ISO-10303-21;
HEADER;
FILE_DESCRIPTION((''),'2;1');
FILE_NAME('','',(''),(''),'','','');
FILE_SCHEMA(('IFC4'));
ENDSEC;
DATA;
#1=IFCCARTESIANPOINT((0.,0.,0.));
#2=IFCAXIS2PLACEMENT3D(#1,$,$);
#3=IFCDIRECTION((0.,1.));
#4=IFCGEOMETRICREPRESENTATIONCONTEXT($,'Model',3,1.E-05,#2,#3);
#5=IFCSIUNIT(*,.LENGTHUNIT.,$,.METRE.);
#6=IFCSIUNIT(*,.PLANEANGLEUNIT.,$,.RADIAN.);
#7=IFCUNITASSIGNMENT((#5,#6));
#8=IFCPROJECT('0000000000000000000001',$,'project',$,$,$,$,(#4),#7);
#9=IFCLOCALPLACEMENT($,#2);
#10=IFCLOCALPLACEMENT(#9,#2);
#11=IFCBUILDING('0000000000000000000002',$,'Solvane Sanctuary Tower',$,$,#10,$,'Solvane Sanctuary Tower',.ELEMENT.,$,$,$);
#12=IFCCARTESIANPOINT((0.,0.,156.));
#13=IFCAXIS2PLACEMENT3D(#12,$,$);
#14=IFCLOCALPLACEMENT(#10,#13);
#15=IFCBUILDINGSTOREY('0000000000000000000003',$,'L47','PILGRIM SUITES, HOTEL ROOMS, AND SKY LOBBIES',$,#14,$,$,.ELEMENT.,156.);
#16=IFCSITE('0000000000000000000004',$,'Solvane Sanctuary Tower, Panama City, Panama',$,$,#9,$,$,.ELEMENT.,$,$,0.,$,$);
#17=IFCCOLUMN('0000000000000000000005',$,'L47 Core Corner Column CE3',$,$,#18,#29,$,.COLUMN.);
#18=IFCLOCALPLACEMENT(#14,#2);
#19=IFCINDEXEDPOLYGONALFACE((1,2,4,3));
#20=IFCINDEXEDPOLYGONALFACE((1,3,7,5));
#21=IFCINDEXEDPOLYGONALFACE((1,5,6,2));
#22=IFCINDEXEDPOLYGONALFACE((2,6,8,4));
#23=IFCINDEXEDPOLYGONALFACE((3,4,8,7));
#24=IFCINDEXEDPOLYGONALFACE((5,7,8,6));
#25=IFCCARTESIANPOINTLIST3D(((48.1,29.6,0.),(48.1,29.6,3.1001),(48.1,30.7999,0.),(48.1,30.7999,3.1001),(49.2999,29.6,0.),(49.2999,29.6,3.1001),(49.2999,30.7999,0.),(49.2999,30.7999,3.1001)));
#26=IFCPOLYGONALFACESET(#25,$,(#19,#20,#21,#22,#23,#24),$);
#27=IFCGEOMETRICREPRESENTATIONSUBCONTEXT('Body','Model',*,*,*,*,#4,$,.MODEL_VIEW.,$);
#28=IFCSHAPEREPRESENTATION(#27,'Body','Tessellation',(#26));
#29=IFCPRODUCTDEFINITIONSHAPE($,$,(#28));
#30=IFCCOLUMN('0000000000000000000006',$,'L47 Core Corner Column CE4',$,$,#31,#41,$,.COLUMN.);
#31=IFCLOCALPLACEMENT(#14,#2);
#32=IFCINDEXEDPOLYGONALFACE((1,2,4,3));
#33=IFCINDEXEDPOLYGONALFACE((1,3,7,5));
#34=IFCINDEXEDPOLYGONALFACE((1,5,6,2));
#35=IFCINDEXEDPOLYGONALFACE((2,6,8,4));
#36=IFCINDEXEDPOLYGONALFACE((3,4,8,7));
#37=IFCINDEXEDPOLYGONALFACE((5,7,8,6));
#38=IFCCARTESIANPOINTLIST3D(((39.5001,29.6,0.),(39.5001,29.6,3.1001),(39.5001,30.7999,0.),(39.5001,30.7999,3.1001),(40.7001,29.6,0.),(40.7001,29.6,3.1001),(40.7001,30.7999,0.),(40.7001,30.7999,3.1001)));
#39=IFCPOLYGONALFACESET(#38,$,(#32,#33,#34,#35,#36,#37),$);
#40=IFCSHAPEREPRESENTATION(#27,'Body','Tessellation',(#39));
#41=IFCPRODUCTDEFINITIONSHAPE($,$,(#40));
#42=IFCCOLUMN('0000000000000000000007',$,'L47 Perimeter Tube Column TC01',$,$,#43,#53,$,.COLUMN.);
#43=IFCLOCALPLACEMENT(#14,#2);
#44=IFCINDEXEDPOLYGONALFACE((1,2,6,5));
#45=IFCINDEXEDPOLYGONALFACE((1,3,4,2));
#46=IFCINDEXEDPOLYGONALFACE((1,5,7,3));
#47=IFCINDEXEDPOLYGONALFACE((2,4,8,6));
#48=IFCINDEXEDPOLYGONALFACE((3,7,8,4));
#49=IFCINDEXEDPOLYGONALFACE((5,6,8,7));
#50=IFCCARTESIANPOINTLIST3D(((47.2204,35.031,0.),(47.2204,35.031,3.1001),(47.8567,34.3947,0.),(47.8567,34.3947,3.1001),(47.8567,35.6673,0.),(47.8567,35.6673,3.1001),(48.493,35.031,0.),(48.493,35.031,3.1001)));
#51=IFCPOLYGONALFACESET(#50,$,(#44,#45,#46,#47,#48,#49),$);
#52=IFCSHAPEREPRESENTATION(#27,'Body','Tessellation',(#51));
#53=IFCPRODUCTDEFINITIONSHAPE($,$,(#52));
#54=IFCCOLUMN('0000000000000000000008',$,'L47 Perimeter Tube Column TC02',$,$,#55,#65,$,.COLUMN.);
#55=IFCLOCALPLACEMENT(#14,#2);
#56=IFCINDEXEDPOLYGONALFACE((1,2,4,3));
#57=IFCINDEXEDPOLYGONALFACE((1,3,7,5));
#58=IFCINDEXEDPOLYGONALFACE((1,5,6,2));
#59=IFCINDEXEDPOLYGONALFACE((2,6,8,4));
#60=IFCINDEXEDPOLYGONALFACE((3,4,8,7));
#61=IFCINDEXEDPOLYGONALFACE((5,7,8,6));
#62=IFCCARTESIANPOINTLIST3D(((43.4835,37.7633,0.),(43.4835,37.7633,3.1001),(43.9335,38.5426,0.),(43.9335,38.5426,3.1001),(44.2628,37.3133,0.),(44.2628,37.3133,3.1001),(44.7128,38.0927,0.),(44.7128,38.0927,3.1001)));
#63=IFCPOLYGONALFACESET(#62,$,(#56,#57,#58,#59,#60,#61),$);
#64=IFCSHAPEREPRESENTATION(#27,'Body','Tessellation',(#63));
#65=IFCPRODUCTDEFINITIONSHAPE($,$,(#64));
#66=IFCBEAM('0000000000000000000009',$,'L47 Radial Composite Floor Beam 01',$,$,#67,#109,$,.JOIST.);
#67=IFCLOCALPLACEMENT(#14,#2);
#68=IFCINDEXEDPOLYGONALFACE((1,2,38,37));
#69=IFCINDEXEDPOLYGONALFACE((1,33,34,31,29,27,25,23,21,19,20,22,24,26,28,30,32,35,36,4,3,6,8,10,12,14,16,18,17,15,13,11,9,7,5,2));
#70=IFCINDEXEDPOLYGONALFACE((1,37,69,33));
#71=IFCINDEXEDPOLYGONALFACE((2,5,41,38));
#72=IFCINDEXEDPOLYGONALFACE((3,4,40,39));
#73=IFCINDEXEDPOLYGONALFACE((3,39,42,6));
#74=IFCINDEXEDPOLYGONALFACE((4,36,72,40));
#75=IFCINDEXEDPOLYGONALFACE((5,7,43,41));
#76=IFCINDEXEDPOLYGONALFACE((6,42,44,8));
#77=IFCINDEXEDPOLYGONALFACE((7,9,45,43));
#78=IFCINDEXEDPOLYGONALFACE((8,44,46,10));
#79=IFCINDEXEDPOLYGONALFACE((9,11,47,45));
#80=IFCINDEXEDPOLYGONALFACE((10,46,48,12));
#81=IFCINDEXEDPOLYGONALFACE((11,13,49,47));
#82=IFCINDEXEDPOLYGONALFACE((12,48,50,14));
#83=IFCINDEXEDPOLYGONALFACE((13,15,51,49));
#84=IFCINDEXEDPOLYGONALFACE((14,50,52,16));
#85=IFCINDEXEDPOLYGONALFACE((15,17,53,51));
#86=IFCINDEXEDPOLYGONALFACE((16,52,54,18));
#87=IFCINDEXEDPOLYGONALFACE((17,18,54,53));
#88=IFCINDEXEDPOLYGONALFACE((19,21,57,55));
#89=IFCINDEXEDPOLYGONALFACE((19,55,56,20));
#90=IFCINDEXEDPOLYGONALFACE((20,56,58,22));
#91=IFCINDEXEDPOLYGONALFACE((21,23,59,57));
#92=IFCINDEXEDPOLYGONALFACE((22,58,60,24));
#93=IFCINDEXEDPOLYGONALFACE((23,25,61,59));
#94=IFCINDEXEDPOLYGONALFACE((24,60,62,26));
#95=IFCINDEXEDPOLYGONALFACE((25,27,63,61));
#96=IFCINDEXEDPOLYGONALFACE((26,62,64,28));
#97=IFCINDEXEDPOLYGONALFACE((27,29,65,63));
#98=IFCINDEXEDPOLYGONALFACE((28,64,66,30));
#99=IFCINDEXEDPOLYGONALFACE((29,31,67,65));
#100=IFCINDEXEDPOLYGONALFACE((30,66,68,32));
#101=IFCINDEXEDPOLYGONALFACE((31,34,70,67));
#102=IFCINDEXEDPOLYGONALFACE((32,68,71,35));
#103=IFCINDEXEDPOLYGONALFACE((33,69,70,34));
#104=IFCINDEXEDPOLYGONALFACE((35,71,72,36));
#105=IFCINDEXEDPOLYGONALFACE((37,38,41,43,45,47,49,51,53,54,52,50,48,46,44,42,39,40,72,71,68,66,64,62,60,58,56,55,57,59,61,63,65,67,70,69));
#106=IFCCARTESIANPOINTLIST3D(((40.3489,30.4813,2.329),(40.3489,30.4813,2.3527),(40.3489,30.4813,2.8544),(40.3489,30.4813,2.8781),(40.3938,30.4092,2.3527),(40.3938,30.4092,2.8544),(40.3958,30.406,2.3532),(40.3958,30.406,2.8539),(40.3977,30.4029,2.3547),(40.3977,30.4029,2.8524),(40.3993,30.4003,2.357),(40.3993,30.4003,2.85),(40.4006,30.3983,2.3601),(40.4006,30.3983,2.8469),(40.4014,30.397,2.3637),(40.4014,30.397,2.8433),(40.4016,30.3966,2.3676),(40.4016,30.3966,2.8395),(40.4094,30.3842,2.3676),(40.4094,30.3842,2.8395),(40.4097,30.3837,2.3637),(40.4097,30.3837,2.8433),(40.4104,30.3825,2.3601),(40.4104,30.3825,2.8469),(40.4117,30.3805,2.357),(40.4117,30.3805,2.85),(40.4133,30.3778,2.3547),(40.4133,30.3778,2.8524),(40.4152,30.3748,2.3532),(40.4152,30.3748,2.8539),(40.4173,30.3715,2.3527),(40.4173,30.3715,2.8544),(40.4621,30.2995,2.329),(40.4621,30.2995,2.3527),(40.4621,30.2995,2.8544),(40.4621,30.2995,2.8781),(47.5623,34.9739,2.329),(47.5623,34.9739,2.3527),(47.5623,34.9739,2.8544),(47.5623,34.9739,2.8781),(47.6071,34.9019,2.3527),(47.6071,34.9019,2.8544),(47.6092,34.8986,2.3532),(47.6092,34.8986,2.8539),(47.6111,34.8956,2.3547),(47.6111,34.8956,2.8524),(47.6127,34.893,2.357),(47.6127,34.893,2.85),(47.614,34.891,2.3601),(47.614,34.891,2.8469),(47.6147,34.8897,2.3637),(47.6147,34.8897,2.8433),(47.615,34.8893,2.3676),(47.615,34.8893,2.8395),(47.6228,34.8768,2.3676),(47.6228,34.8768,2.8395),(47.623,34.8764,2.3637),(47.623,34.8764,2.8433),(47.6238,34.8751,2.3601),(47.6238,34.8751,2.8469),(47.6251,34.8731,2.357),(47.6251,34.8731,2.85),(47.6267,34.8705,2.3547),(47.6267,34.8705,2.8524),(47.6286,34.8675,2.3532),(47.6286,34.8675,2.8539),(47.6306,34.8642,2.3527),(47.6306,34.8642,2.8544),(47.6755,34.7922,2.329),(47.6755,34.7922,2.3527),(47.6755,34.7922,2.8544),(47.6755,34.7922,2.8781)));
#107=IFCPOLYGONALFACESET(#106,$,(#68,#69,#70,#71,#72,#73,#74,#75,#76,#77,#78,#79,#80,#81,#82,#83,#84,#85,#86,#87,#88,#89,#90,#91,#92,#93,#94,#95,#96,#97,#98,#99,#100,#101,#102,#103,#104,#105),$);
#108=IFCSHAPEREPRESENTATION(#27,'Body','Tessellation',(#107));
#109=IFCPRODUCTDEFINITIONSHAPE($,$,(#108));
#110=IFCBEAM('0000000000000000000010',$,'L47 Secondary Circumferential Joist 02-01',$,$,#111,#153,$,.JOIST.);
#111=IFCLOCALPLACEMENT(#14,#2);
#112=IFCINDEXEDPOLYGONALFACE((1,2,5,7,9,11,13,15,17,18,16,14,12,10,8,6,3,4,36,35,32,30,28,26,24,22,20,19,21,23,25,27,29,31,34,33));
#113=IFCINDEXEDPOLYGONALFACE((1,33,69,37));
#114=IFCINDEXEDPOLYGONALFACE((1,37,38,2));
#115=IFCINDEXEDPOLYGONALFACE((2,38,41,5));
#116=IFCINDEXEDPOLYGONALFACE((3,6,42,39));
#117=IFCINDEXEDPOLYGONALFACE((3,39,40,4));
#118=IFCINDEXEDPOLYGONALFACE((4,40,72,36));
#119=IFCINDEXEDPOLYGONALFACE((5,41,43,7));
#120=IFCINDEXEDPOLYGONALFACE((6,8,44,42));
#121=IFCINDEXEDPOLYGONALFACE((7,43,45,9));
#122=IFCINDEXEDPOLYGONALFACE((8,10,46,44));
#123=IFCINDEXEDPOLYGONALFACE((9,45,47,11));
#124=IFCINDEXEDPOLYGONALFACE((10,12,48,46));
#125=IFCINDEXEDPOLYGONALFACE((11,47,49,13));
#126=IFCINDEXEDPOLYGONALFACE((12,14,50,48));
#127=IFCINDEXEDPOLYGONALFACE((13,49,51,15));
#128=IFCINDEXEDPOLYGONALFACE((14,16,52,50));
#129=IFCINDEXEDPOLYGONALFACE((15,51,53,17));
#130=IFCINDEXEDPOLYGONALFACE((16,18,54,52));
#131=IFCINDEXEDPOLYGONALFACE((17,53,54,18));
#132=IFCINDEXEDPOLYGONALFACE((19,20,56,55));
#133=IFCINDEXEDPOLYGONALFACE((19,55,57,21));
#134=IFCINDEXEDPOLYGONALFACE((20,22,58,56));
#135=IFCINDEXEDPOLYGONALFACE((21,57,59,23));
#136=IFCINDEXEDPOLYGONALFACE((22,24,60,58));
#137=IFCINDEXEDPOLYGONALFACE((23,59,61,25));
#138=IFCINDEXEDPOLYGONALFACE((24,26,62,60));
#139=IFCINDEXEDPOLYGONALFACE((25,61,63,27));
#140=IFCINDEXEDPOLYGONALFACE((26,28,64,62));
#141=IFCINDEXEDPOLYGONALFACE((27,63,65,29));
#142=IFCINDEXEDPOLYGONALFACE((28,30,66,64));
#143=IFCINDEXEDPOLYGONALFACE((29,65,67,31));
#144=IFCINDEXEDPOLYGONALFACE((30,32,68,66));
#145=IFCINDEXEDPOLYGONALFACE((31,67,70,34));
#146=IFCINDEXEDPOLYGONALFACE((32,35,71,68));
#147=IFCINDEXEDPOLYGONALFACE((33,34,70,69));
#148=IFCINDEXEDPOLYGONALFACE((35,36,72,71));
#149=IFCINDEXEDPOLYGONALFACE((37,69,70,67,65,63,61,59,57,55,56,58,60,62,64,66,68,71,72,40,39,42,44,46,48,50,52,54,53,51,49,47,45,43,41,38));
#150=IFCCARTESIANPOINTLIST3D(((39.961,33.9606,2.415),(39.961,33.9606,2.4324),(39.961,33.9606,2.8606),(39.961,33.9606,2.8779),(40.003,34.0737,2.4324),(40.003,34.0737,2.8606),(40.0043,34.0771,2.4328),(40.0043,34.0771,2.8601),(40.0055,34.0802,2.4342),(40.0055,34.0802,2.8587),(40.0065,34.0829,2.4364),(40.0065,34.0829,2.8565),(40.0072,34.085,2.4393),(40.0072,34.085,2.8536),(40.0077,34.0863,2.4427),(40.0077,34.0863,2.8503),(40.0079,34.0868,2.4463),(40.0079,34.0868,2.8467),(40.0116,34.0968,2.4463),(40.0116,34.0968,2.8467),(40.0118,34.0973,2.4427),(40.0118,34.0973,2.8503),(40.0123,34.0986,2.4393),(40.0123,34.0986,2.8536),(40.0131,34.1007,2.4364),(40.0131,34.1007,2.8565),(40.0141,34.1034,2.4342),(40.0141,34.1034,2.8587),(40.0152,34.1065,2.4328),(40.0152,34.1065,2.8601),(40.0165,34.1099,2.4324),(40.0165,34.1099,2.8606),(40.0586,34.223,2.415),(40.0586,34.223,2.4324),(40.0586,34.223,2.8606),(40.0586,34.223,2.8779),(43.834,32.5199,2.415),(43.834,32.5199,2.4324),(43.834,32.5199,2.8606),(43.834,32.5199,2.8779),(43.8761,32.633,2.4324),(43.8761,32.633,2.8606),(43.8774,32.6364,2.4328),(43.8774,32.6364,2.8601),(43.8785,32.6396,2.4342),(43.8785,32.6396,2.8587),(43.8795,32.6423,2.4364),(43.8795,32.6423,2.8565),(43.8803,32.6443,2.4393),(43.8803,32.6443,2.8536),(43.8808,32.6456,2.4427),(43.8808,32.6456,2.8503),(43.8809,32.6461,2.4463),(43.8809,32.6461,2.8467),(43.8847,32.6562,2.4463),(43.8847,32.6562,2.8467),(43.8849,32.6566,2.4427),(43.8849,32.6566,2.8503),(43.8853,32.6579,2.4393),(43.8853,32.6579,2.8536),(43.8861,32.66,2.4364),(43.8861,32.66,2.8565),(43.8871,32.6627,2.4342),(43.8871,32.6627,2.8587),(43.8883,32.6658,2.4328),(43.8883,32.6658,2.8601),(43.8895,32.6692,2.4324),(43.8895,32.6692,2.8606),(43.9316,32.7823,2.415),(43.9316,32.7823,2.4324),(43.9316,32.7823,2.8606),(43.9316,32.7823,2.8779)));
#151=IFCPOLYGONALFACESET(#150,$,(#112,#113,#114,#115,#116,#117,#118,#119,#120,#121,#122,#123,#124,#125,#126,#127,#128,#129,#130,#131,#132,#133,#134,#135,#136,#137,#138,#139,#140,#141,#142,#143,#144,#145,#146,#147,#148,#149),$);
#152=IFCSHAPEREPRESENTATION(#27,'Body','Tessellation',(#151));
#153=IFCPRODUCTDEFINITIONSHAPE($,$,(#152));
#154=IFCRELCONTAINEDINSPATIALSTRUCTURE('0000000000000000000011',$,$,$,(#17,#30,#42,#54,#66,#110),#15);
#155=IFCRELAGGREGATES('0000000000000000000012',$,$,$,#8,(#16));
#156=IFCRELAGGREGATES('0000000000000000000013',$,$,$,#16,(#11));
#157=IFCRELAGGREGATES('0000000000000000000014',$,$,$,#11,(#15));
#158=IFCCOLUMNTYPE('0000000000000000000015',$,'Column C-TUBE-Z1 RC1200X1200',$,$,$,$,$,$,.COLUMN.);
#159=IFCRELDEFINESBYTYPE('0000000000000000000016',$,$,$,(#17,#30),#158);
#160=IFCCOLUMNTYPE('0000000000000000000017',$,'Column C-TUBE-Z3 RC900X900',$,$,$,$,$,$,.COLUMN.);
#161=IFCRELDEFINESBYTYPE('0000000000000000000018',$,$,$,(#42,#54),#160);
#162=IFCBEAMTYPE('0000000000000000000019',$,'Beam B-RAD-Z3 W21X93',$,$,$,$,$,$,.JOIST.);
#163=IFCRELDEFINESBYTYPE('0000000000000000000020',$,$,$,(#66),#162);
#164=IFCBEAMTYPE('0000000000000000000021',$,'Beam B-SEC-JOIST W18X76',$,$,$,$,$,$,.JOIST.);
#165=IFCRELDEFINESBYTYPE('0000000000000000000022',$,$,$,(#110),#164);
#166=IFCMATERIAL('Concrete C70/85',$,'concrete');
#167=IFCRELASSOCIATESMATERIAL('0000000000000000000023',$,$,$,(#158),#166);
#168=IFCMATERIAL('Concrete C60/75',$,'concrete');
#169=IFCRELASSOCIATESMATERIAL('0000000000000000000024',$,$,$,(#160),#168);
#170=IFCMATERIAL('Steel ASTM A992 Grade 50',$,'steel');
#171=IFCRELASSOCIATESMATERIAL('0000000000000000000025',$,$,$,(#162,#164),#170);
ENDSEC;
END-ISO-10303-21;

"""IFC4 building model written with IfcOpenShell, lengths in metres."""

from ifc_helpers import new_model, si_unit, direction, frame, origin, origin_2d, place, context, subcontext, project, spatial, rectangle, i_section, extrude, material, material_profile, profile_set, type_object, element, save


model = new_model("IFC4")

# Units and contexts
model_context = context("Model", 3, precision=1e-05, world=origin(), true_north=direction((0.0, 1.0)))
body_context = subcontext(model_context, "Body", "Model", "MODEL_VIEW")
ifc_project = project(units=[si_unit("LENGTHUNIT", "METRE"), si_unit("PLANEANGLEUNIT", "RADIAN")], contexts=[model_context])

# Site, building, storey
site_placement = place(None, origin())
site = spatial("IfcSite", under=ifc_project, at=site_placement, Name="Solvane Sanctuary Tower, Panama City, Panama", CompositionType="ELEMENT", RefElevation=0.0)
building_placement = place(site_placement, origin())
building = spatial("IfcBuilding", under=site, at=building_placement, Name="Solvane Sanctuary Tower", LongName="Solvane Sanctuary Tower", CompositionType="ELEMENT")
storey_placement = place(building_placement, frame((0.0, 0.0, 156.0)))
storey = spatial("IfcBuildingStorey", under=building, at=storey_placement, Name="L47", Description="PILGRIM SUITES, HOTEL ROOMS, AND SKY LOBBIES", CompositionType="ELEMENT", Elevation=156.0)

# Columns
ifc_material_1 = material(Name="Concrete C70/85", Category="concrete")
ifc_material_profile_1 = material_profile(ifc_material_1, rectangle(XDim=1.2, YDim=1.2, at=origin_2d()), Name="RC1200X1200")
ifc_profile_set_1 = profile_set([ifc_material_profile_1], Name="Concrete C70/85")
column_type_1 = type_object("IfcColumnType", Name="Column C-TUBE-Z1 RC1200X1200", PredefinedType="COLUMN", material=ifc_profile_set_1)
for number, where, z_axis, x_axis, name in (
    (1, (48.7, 30.2, 0.0), (0.0, 0.0, 1.0), (1.0, 0.0, 0.0), "L47 Core Corner Column CE3"),
    (2, (40.1001, 30.2, 0.0), (0.0, 0.0, 1.0), (1.0, 0.0, 0.0), "L47 Core Corner Column CE4"),
):
    element("IfcColumn", number, at=place(storey_placement, frame(where, z_axis=z_axis, x_axis=x_axis)), inside=storey, type_object=column_type_1, Name=name, PredefinedType="COLUMN", context=body_context, shape_type="SweptSolid", body=[
        extrude(rectangle(XDim=1.2, YDim=1.2, at=origin_2d()), origin(), (0.0, 0.0, 1.0), 3.1001),
    ])
ifc_material_2 = material(Name="Concrete C60/75", Category="concrete")
ifc_material_profile_2 = material_profile(ifc_material_2, rectangle(XDim=0.8999, YDim=0.8999, at=origin_2d()), Name="RC900X900")
ifc_profile_set_2 = profile_set([ifc_material_profile_2], Name="Concrete C60/75")
column_type_2 = type_object("IfcColumnType", Name="Column C-TUBE-Z3 RC900X900", PredefinedType="COLUMN", material=ifc_profile_set_2)
for number, where, z_axis, x_axis, name in (
    (3, (47.8567, 35.031, 0.0), (0.0, 0.0, 1.0), (0.707107, 0.707107, 0.0), "L47 Perimeter Tube Column TC01"),
    (4, (44.0981, 37.928, 0.0), (0.0, 0.0, 1.0), (0.5, 0.866025, 0.0), "L47 Perimeter Tube Column TC02"),
):
    element("IfcColumn", number, at=place(storey_placement, frame(where, z_axis=z_axis, x_axis=x_axis)), inside=storey, type_object=column_type_2, Name=name, PredefinedType="COLUMN", context=body_context, shape_type="SweptSolid", body=[
        extrude(rectangle(XDim=0.8999, YDim=0.8999, at=origin_2d()), origin(), (0.0, 0.0, 1.0), 3.1001),
    ])

# Beams
ifc_material_3 = material(Name="Steel ASTM A992 Grade 50", Category="steel")
ifc_material_profile_3 = material_profile(ifc_material_3, i_section(OverallWidth=0.2141, OverallDepth=0.5491, WebThickness=0.0146, FlangeThickness=0.0237, FilletRadius=0.0149, at=origin_2d()), Name="W21X93")
ifc_profile_set_3 = profile_set([ifc_material_profile_3], Name="Steel ASTM A992 Grade 50")
beam_type_1 = type_object("IfcBeamType", Name="Beam B-RAD-Z3 W21X93", PredefinedType="JOIST", material=ifc_profile_set_3)
beam_1_placement = place(storey_placement, frame((40.4055, 30.3904, 2.6035), z_axis=(0.848827, 0.528671, 0.0), x_axis=(-0.528671, 0.848827, 0.0)))
element("IfcBeam", 5, at=beam_1_placement, inside=storey, type_object=beam_type_1, Name="L47 Radial Composite Floor Beam 01", PredefinedType="JOIST", context=body_context, shape_type="SweptSolid", body=[
    extrude(i_section(OverallWidth=0.2141, OverallDepth=0.5491, WebThickness=0.0146, FlangeThickness=0.0237, FilletRadius=0.0149, at=origin_2d()), origin(), (0.0, 0.0, 1.0), 8.498),
])
ifc_material_profile_4 = material_profile(ifc_material_3, i_section(OverallWidth=0.28, OverallDepth=0.4629, WebThickness=0.0107, FlangeThickness=0.0173, FilletRadius=0.0139, at=origin_2d()), Name="W18X76")
ifc_profile_set_4 = profile_set([ifc_material_profile_4], Name="Steel ASTM A992 Grade 50")
beam_type_2 = type_object("IfcBeamType", Name="Beam B-SEC-JOIST W18X76", PredefinedType="JOIST", material=ifc_profile_set_4)
beam_2_placement = place(storey_placement, frame((40.0098, 34.0918, 2.6465), z_axis=(0.937258, -0.348636, 0.0), x_axis=(0.348636, 0.937258, 0.0)))
element("IfcBeam", 6, at=beam_2_placement, inside=storey, type_object=beam_type_2, Name="L47 Secondary Circumferential Joist 02-01", PredefinedType="JOIST", context=body_context, shape_type="SweptSolid", body=[
    extrude(i_section(OverallWidth=0.28, OverallDepth=0.4629, WebThickness=0.0107, FlangeThickness=0.0173, FilletRadius=0.0139, at=origin_2d()), origin(), (0.0, 0.0, 1.0), 4.1323),
])

save(model, "model.ifc")
